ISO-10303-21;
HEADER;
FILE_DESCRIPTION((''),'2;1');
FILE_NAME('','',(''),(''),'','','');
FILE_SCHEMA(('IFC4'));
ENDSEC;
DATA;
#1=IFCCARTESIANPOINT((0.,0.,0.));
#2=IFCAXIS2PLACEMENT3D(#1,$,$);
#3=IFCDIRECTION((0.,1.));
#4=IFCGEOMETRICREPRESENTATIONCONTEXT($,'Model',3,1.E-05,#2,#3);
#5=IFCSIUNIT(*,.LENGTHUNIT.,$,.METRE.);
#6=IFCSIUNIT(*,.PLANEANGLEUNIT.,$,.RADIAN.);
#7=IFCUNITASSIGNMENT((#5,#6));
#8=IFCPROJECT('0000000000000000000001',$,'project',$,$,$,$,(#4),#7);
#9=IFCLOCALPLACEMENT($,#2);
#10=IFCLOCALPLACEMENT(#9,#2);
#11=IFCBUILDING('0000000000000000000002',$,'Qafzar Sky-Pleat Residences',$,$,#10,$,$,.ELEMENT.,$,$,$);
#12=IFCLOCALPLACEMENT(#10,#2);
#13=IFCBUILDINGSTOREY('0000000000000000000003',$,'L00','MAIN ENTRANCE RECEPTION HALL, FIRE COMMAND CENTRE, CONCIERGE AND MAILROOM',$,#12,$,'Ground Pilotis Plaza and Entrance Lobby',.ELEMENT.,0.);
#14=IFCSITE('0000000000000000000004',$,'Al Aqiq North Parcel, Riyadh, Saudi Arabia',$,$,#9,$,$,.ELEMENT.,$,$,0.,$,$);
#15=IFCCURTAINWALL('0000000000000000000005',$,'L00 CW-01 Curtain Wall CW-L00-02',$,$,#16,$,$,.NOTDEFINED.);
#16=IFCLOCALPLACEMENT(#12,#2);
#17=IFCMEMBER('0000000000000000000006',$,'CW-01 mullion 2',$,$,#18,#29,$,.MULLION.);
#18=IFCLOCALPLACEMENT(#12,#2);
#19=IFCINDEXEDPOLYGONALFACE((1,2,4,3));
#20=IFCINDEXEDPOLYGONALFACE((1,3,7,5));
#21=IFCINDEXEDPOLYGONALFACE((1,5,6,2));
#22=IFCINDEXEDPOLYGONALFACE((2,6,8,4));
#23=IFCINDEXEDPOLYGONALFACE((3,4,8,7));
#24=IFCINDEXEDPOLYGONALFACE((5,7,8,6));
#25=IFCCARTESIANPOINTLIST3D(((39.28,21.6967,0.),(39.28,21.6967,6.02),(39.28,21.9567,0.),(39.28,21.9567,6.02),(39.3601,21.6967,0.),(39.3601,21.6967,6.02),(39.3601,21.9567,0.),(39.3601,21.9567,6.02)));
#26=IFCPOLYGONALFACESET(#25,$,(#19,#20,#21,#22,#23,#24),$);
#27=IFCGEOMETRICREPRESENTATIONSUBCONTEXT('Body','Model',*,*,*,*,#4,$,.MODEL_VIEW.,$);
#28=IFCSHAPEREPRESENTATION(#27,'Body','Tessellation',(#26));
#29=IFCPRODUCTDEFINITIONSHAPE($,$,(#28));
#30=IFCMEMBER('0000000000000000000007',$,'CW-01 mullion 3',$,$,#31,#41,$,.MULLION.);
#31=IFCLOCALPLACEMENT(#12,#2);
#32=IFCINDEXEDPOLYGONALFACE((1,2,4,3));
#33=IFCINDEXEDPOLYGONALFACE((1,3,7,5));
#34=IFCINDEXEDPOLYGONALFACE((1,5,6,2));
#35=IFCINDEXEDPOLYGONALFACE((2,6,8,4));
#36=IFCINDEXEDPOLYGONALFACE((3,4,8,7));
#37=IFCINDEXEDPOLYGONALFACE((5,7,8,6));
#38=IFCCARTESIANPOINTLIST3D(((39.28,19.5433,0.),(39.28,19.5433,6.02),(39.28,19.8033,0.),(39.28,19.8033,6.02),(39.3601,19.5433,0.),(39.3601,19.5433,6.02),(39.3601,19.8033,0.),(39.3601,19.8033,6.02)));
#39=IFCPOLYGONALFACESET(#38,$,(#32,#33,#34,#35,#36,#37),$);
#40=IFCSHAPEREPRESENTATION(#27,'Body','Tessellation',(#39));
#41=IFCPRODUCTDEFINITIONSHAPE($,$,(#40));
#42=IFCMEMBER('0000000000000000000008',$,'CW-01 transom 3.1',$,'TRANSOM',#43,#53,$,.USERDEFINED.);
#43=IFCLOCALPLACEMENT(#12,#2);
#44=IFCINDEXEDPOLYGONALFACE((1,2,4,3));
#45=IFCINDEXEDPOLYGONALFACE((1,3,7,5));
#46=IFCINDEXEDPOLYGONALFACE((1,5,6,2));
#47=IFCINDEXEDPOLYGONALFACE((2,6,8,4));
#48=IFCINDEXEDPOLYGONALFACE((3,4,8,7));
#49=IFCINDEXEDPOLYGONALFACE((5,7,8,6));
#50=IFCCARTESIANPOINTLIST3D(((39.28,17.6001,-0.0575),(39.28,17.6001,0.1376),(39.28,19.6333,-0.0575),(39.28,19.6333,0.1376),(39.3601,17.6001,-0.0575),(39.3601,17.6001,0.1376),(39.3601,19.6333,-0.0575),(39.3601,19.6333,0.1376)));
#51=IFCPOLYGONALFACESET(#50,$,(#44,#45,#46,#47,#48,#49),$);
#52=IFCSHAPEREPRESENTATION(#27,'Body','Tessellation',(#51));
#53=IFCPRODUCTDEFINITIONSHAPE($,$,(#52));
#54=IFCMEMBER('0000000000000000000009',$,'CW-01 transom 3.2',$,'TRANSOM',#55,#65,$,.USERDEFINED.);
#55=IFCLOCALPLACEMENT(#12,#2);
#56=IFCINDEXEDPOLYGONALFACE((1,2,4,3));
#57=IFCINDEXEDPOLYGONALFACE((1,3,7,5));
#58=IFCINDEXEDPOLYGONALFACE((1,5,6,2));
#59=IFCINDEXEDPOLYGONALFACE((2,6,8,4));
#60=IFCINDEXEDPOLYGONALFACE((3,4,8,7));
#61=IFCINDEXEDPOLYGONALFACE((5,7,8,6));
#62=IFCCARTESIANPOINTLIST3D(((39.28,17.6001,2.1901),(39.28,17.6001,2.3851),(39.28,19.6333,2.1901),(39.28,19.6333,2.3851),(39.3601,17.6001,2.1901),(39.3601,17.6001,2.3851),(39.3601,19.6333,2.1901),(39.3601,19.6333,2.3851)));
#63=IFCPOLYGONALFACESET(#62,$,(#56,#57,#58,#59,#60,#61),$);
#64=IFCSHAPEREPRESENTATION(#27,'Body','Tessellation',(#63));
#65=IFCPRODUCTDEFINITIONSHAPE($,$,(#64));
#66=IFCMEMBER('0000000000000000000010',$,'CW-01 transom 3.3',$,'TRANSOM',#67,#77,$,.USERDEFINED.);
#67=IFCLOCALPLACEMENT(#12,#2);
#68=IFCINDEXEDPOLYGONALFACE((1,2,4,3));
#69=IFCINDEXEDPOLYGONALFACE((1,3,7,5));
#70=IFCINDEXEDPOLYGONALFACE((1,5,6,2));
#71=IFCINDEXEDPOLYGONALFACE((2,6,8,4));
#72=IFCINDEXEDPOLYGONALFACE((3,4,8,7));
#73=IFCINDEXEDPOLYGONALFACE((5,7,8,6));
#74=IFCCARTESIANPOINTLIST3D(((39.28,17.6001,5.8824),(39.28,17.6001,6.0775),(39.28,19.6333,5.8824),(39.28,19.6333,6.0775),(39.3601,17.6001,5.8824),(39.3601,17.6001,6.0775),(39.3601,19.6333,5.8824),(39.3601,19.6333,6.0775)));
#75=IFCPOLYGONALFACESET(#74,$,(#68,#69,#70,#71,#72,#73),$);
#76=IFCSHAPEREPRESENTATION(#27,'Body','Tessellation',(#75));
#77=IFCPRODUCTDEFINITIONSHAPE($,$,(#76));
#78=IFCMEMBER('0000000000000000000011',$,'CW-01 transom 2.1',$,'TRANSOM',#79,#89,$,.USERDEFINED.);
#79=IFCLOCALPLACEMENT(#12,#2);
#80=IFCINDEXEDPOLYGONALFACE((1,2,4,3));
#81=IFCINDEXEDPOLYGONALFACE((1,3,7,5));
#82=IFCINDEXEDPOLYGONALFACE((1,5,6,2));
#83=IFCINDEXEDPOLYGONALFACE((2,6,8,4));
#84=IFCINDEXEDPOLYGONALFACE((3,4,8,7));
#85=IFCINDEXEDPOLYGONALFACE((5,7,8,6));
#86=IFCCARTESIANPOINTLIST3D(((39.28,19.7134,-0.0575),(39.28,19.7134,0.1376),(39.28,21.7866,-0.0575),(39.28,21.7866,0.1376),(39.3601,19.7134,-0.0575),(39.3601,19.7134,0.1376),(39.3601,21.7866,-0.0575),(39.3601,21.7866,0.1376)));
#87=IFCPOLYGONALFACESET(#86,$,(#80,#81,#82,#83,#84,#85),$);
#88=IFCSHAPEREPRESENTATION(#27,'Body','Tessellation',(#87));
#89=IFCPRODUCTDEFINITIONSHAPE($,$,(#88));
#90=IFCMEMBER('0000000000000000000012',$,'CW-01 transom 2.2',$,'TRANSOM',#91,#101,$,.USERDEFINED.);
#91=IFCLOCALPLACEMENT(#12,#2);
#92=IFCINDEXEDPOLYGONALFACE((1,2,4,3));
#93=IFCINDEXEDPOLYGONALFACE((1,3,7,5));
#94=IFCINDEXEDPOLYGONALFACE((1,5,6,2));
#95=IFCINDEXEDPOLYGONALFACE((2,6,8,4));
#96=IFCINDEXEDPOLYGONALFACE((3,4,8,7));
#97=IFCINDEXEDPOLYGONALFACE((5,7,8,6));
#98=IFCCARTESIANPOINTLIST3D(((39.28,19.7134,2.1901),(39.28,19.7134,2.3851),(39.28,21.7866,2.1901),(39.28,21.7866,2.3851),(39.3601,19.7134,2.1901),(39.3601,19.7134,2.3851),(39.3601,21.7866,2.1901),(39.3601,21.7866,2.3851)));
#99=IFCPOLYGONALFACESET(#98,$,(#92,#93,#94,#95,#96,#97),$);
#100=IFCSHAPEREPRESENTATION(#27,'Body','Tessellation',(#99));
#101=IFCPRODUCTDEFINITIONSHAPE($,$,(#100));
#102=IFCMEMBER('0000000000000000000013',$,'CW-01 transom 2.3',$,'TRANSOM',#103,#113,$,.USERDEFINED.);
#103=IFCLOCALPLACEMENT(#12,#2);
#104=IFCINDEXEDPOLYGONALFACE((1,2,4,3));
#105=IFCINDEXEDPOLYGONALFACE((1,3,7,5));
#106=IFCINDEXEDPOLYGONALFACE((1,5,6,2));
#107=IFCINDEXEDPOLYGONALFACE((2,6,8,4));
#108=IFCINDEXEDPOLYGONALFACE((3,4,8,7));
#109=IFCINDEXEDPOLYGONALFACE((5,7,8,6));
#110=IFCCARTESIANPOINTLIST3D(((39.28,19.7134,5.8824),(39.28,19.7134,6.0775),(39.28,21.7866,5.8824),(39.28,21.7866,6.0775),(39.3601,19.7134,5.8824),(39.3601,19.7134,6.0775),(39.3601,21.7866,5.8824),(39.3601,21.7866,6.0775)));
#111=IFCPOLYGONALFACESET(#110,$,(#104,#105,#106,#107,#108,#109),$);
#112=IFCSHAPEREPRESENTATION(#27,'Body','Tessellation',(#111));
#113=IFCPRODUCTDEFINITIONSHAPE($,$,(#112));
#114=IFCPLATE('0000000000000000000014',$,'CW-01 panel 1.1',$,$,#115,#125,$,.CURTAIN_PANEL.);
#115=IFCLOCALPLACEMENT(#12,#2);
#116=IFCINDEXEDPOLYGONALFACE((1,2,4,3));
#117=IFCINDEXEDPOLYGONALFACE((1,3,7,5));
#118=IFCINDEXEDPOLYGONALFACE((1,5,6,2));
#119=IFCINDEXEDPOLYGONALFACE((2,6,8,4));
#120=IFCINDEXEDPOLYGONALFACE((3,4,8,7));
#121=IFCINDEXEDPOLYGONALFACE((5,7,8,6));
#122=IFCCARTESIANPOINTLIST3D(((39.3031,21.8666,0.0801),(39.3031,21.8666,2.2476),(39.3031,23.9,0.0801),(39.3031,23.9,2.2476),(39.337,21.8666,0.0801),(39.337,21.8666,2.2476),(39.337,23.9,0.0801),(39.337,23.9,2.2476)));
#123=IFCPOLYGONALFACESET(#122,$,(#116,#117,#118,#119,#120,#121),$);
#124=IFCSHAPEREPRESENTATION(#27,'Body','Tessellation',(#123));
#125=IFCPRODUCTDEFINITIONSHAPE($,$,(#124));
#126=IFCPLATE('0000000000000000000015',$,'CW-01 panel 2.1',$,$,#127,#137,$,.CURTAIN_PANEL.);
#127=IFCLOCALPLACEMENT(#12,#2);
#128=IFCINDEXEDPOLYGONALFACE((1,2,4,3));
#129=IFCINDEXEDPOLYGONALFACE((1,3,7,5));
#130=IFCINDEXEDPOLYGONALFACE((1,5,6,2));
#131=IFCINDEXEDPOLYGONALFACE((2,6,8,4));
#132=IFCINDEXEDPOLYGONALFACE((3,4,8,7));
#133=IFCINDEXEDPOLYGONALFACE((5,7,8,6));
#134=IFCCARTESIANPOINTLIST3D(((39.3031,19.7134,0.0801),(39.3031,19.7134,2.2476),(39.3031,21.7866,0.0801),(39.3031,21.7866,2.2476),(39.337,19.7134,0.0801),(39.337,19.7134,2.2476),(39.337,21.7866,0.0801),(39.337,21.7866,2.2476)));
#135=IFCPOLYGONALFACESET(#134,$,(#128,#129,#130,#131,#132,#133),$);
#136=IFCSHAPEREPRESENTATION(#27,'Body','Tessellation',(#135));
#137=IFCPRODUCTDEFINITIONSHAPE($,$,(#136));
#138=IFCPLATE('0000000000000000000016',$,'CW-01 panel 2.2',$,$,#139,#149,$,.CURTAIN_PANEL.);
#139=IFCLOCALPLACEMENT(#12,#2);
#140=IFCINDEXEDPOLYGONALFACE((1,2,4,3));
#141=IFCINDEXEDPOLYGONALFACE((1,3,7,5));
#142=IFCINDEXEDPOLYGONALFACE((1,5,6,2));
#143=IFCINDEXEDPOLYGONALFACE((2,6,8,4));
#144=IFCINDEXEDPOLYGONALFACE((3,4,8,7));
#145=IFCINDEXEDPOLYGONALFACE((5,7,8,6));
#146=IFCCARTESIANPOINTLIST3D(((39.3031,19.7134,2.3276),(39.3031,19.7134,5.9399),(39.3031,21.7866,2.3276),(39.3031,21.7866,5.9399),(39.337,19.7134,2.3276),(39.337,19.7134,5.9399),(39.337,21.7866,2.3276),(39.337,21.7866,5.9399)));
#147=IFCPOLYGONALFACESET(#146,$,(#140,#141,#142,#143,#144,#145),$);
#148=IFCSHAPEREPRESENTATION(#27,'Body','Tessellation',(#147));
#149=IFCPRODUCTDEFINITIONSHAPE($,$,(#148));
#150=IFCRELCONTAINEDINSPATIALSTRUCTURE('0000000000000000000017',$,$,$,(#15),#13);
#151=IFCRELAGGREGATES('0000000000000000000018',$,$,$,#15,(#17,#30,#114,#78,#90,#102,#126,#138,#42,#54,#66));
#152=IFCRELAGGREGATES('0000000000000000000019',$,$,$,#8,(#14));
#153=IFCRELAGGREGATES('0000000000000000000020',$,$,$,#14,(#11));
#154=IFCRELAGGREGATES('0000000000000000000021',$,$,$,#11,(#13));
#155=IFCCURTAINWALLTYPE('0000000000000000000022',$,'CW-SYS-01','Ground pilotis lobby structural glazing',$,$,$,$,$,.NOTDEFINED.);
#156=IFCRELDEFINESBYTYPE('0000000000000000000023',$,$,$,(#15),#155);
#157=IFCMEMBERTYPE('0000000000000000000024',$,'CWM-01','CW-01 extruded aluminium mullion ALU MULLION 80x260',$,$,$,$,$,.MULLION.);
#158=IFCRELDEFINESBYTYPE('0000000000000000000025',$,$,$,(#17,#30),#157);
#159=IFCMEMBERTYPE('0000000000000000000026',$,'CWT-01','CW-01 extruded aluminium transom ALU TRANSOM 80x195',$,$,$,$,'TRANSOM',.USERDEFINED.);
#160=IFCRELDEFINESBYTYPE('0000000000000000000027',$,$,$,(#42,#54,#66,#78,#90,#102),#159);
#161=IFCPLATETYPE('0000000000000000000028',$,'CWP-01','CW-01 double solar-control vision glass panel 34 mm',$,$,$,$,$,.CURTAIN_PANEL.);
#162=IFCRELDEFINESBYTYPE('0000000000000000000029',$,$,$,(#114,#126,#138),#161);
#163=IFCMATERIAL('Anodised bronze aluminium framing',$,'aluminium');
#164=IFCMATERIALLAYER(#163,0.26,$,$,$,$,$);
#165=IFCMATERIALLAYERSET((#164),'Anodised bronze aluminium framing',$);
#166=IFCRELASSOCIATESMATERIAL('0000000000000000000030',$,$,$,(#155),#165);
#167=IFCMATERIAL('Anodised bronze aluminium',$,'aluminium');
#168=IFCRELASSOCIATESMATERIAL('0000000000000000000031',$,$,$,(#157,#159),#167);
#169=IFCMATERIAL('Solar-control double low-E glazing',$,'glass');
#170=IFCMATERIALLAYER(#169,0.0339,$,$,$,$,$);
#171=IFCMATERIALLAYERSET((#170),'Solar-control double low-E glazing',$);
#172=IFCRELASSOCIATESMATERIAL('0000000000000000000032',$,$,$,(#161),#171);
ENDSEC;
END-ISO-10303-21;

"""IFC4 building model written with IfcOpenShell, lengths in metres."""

from ifc_helpers import new_model, si_unit, direction, frame, origin, origin_2d, place, context, subcontext, project, spatial, rectangle, extrude, source, transform, mapped, material, layer, layer_set, material_profile, profile_set, type_object, element, aggregate, save


model = new_model("IFC4")

# Units and contexts
model_context = context("Model", 3, precision=1e-05, world=origin(), true_north=direction((0.0, 1.0)))
body_context = subcontext(model_context, "Body", "Model", "MODEL_VIEW")
ifc_project = project(units=[si_unit("LENGTHUNIT", "METRE"), si_unit("PLANEANGLEUNIT", "RADIAN")], contexts=[model_context])

# Site, building, storey
site_placement = place(None, origin())
site = spatial("IfcSite", under=ifc_project, at=site_placement, Name="Al Aqiq North Parcel, Riyadh, Saudi Arabia", CompositionType="ELEMENT", RefElevation=0.0)
building_placement = place(site_placement, origin())
building = spatial("IfcBuilding", under=site, at=building_placement, Name="Qafzar Sky-Pleat Residences", CompositionType="ELEMENT")
storey_placement = place(building_placement, origin())
storey = spatial("IfcBuildingStorey", under=building, at=storey_placement, Name="L00", Description="MAIN ENTRANCE RECEPTION HALL, FIRE COMMAND CENTRE, CONCIERGE AND MAILROOM", LongName="Ground Pilotis Plaza and Entrance Lobby", CompositionType="ELEMENT", Elevation=0.0)

# Curtain wall, members, plates
ifc_material_1 = material(Name="Anodised bronze aluminium framing", Category="aluminium")
ifc_layer_1 = layer(ifc_material_1, 0.26)
ifc_layer_set_1 = layer_set([ifc_layer_1], Name="Anodised bronze aluminium framing")
curtain_wall_type = type_object("IfcCurtainWallType", Name="CW-SYS-01", Description="Ground pilotis lobby structural glazing", PredefinedType="NOTDEFINED", material=ifc_layer_set_1)
curtain_wall_placement = place(storey_placement, origin())
curtain_wall = element("IfcCurtainWall", 1, at=curtain_wall_placement, inside=storey, type_object=curtain_wall_type, Name="L00 CW-01 Curtain Wall CW-L00-02", PredefinedType="NOTDEFINED")
ifc_material_2 = material(Name="Anodised bronze aluminium", Category="aluminium")
ifc_material_profile_1 = material_profile(ifc_material_2, rectangle(XDim=0.0801, YDim=0.26, at=origin_2d()), Name="ALU MULLION 80x260")
ifc_profile_set_1 = profile_set([ifc_material_profile_1], Name="Anodised bronze aluminium")
member_type_1 = type_object("IfcMemberType", Name="CWM-01", Description="CW-01 extruded aluminium mullion ALU MULLION 80x260", PredefinedType="MULLION", material=ifc_profile_set_1)
shared_shape_1 = source(origin(), body_context, "Body", "SweptSolid", [
    extrude(rectangle(XDim=0.0801, YDim=0.26, at=origin_2d()), origin(), (0.0, 0.0, 1.0), 6.02),
])
member_1_placement = place(storey_placement, frame((39.3201, 21.8267, 0.0), z_axis=(0.0, 0.0, 1.0), x_axis=(1.0, 0.0, 0.0)))
member_1 = element("IfcMember", 2, at=member_1_placement, type_object=member_type_1, Name="CW-01 mullion 2", PredefinedType="MULLION", context=body_context, shape_type="MappedRepresentation", body=[
    mapped(shared_shape_1, transform((0.0, 0.0, 0.0), x_axis=(1.0, 0.0, 0.0), y_axis=(0.0, 1.0, 0.0), z_axis=(0.0, 0.0, 1.0), scale=1.0)),
])
member_2_placement = place(storey_placement, frame((39.3201, 19.6733, 0.0), z_axis=(0.0, 0.0, 1.0), x_axis=(1.0, 0.0, 0.0)))
member_2 = element("IfcMember", 3, at=member_2_placement, type_object=member_type_1, Name="CW-01 mullion 3", PredefinedType="MULLION", context=body_context, shape_type="MappedRepresentation", body=[
    mapped(shared_shape_1, transform((0.0, 0.0, 0.0), x_axis=(1.0, 0.0, 0.0), y_axis=(0.0, 1.0, 0.0), z_axis=(0.0, 0.0, 1.0), scale=1.0)),
])
ifc_material_profile_2 = material_profile(ifc_material_2, rectangle(XDim=0.0801, YDim=0.1951, at=origin_2d()), Name="ALU TRANSOM 80x195")
ifc_profile_set_2 = profile_set([ifc_material_profile_2], Name="Anodised bronze aluminium")
member_type_2 = type_object("IfcMemberType", Name="CWT-01", Description="CW-01 extruded aluminium transom ALU TRANSOM 80x195", ElementType="TRANSOM", PredefinedType="USERDEFINED", material=ifc_profile_set_2)
shared_shape_2 = source(origin(), body_context, "Body", "SweptSolid", [
    extrude(rectangle(XDim=0.0801, YDim=0.1951, at=origin_2d()), origin(), (0.0, 0.0, 1.0), 2.0332),
])
member_3_placement = place(storey_placement, frame((39.3201, 19.6333, 0.04), z_axis=(0.0, -1.0, 0.0), x_axis=(1.0, 0.0, 0.0)))
member_3 = element("IfcMember", 4, at=member_3_placement, type_object=member_type_2, Name="CW-01 transom 3.1", ObjectType="TRANSOM", PredefinedType="USERDEFINED", context=body_context, shape_type="MappedRepresentation", body=[
    mapped(shared_shape_2, transform((0.0, 0.0, 0.0), x_axis=(1.0, 0.0, 0.0), y_axis=(0.0, 1.0, 0.0), z_axis=(0.0, 0.0, 1.0), scale=1.0)),
])
member_4_placement = place(storey_placement, frame((39.3201, 19.6333, 2.2876), z_axis=(0.0, -1.0, 0.0), x_axis=(1.0, 0.0, 0.0)))
member_4 = element("IfcMember", 5, at=member_4_placement, type_object=member_type_2, Name="CW-01 transom 3.2", ObjectType="TRANSOM", PredefinedType="USERDEFINED", context=body_context, shape_type="MappedRepresentation", body=[
    mapped(shared_shape_2, transform((0.0, 0.0, 0.0), x_axis=(1.0, 0.0, 0.0), y_axis=(0.0, 1.0, 0.0), z_axis=(0.0, 0.0, 1.0), scale=1.0)),
])
member_5_placement = place(storey_placement, frame((39.3201, 19.6333, 5.98), z_axis=(0.0, -1.0, 0.0), x_axis=(1.0, 0.0, 0.0)))
member_5 = element("IfcMember", 6, at=member_5_placement, type_object=member_type_2, Name="CW-01 transom 3.3", ObjectType="TRANSOM", PredefinedType="USERDEFINED", context=body_context, shape_type="MappedRepresentation", body=[
    mapped(shared_shape_2, transform((0.0, 0.0, 0.0), x_axis=(1.0, 0.0, 0.0), y_axis=(0.0, 1.0, 0.0), z_axis=(0.0, 0.0, 1.0), scale=1.0)),
])
shared_shape_3 = source(origin(), body_context, "Body", "SweptSolid", [
    extrude(rectangle(XDim=0.0801, YDim=0.1951, at=origin_2d()), origin(), (0.0, 0.0, 1.0), 2.0732),
])
member_6_placement = place(storey_placement, frame((39.3201, 21.7866, 0.04), z_axis=(0.0, -1.0, 0.0), x_axis=(1.0, 0.0, 0.0)))
member_6 = element("IfcMember", 7, at=member_6_placement, type_object=member_type_2, Name="CW-01 transom 2.1", ObjectType="TRANSOM", PredefinedType="USERDEFINED", context=body_context, shape_type="MappedRepresentation", body=[
    mapped(shared_shape_3, transform((0.0, 0.0, 0.0), x_axis=(1.0, 0.0, 0.0), y_axis=(0.0, 1.0, 0.0), z_axis=(0.0, 0.0, 1.0), scale=1.0)),
])
member_7_placement = place(storey_placement, frame((39.3201, 21.7866, 2.2876), z_axis=(0.0, -1.0, 0.0), x_axis=(1.0, 0.0, 0.0)))
member_7 = element("IfcMember", 8, at=member_7_placement, type_object=member_type_2, Name="CW-01 transom 2.2", ObjectType="TRANSOM", PredefinedType="USERDEFINED", context=body_context, shape_type="MappedRepresentation", body=[
    mapped(shared_shape_3, transform((0.0, 0.0, 0.0), x_axis=(1.0, 0.0, 0.0), y_axis=(0.0, 1.0, 0.0), z_axis=(0.0, 0.0, 1.0), scale=1.0)),
])
member_8_placement = place(storey_placement, frame((39.3201, 21.7866, 5.98), z_axis=(0.0, -1.0, 0.0), x_axis=(1.0, 0.0, 0.0)))
member_8 = element("IfcMember", 9, at=member_8_placement, type_object=member_type_2, Name="CW-01 transom 2.3", ObjectType="TRANSOM", PredefinedType="USERDEFINED", context=body_context, shape_type="MappedRepresentation", body=[
    mapped(shared_shape_3, transform((0.0, 0.0, 0.0), x_axis=(1.0, 0.0, 0.0), y_axis=(0.0, 1.0, 0.0), z_axis=(0.0, 0.0, 1.0), scale=1.0)),
])
ifc_material_3 = material(Name="Solar-control double low-E glazing", Category="glass")
ifc_layer_2 = layer(ifc_material_3, 0.0339)
ifc_layer_set_2 = layer_set([ifc_layer_2], Name="Solar-control double low-E glazing")
plate_type = type_object("IfcPlateType", Name="CWP-01", Description="CW-01 double solar-control vision glass panel 34 mm", PredefinedType="CURTAIN_PANEL", material=ifc_layer_set_2)
shared_shape_4 = source(origin(), body_context, "Body", "SweptSolid", [
    extrude(rectangle(XDim=2.0334, YDim=0.0339, at=origin_2d()), origin(), (0.0, 0.0, 1.0), 2.1675),
])
plate_1_placement = place(storey_placement, frame((39.3201, 22.8833, 0.0801), z_axis=(0.0, 0.0, 1.0), x_axis=(0.0, -1.0, 0.0)))
plate_1 = element("IfcPlate", 10, at=plate_1_placement, type_object=plate_type, Name="CW-01 panel 1.1", PredefinedType="CURTAIN_PANEL", context=body_context, shape_type="MappedRepresentation", body=[
    mapped(shared_shape_4, transform((0.0, 0.0, 0.0), x_axis=(1.0, 0.0, 0.0), y_axis=(0.0, 1.0, 0.0), z_axis=(0.0, 0.0, 1.0), scale=1.0)),
])
shared_shape_5 = source(origin(), body_context, "Body", "SweptSolid", [
    extrude(rectangle(XDim=2.0732, YDim=0.0339, at=origin_2d()), origin(), (0.0, 0.0, 1.0), 2.1675),
])
plate_2_placement = place(storey_placement, frame((39.3201, 20.75, 0.0801), z_axis=(0.0, 0.0, 1.0), x_axis=(0.0, -1.0, 0.0)))
plate_2 = element("IfcPlate", 11, at=plate_2_placement, type_object=plate_type, Name="CW-01 panel 2.1", PredefinedType="CURTAIN_PANEL", context=body_context, shape_type="MappedRepresentation", body=[
    mapped(shared_shape_5, transform((0.0, 0.0, 0.0), x_axis=(1.0, 0.0, 0.0), y_axis=(0.0, 1.0, 0.0), z_axis=(0.0, 0.0, 1.0), scale=1.0)),
])
shared_shape_6 = source(origin(), body_context, "Body", "SweptSolid", [
    extrude(rectangle(XDim=2.0732, YDim=0.0339, at=origin_2d()), origin(), (0.0, 0.0, 1.0), 3.6123),
])
plate_3_placement = place(storey_placement, frame((39.3201, 20.75, 2.3276), z_axis=(0.0, 0.0, 1.0), x_axis=(0.0, -1.0, 0.0)))
plate_3 = element("IfcPlate", 12, at=plate_3_placement, type_object=plate_type, Name="CW-01 panel 2.2", PredefinedType="CURTAIN_PANEL", context=body_context, shape_type="MappedRepresentation", body=[
    mapped(shared_shape_6, transform((0.0, 0.0, 0.0), x_axis=(1.0, 0.0, 0.0), y_axis=(0.0, 1.0, 0.0), z_axis=(0.0, 0.0, 1.0), scale=1.0)),
])
aggregate(curtain_wall, [member_1, member_2, plate_1, member_6, member_7, member_8, plate_2, plate_3, member_3, member_4, member_5])

save(model, "model.ifc")
